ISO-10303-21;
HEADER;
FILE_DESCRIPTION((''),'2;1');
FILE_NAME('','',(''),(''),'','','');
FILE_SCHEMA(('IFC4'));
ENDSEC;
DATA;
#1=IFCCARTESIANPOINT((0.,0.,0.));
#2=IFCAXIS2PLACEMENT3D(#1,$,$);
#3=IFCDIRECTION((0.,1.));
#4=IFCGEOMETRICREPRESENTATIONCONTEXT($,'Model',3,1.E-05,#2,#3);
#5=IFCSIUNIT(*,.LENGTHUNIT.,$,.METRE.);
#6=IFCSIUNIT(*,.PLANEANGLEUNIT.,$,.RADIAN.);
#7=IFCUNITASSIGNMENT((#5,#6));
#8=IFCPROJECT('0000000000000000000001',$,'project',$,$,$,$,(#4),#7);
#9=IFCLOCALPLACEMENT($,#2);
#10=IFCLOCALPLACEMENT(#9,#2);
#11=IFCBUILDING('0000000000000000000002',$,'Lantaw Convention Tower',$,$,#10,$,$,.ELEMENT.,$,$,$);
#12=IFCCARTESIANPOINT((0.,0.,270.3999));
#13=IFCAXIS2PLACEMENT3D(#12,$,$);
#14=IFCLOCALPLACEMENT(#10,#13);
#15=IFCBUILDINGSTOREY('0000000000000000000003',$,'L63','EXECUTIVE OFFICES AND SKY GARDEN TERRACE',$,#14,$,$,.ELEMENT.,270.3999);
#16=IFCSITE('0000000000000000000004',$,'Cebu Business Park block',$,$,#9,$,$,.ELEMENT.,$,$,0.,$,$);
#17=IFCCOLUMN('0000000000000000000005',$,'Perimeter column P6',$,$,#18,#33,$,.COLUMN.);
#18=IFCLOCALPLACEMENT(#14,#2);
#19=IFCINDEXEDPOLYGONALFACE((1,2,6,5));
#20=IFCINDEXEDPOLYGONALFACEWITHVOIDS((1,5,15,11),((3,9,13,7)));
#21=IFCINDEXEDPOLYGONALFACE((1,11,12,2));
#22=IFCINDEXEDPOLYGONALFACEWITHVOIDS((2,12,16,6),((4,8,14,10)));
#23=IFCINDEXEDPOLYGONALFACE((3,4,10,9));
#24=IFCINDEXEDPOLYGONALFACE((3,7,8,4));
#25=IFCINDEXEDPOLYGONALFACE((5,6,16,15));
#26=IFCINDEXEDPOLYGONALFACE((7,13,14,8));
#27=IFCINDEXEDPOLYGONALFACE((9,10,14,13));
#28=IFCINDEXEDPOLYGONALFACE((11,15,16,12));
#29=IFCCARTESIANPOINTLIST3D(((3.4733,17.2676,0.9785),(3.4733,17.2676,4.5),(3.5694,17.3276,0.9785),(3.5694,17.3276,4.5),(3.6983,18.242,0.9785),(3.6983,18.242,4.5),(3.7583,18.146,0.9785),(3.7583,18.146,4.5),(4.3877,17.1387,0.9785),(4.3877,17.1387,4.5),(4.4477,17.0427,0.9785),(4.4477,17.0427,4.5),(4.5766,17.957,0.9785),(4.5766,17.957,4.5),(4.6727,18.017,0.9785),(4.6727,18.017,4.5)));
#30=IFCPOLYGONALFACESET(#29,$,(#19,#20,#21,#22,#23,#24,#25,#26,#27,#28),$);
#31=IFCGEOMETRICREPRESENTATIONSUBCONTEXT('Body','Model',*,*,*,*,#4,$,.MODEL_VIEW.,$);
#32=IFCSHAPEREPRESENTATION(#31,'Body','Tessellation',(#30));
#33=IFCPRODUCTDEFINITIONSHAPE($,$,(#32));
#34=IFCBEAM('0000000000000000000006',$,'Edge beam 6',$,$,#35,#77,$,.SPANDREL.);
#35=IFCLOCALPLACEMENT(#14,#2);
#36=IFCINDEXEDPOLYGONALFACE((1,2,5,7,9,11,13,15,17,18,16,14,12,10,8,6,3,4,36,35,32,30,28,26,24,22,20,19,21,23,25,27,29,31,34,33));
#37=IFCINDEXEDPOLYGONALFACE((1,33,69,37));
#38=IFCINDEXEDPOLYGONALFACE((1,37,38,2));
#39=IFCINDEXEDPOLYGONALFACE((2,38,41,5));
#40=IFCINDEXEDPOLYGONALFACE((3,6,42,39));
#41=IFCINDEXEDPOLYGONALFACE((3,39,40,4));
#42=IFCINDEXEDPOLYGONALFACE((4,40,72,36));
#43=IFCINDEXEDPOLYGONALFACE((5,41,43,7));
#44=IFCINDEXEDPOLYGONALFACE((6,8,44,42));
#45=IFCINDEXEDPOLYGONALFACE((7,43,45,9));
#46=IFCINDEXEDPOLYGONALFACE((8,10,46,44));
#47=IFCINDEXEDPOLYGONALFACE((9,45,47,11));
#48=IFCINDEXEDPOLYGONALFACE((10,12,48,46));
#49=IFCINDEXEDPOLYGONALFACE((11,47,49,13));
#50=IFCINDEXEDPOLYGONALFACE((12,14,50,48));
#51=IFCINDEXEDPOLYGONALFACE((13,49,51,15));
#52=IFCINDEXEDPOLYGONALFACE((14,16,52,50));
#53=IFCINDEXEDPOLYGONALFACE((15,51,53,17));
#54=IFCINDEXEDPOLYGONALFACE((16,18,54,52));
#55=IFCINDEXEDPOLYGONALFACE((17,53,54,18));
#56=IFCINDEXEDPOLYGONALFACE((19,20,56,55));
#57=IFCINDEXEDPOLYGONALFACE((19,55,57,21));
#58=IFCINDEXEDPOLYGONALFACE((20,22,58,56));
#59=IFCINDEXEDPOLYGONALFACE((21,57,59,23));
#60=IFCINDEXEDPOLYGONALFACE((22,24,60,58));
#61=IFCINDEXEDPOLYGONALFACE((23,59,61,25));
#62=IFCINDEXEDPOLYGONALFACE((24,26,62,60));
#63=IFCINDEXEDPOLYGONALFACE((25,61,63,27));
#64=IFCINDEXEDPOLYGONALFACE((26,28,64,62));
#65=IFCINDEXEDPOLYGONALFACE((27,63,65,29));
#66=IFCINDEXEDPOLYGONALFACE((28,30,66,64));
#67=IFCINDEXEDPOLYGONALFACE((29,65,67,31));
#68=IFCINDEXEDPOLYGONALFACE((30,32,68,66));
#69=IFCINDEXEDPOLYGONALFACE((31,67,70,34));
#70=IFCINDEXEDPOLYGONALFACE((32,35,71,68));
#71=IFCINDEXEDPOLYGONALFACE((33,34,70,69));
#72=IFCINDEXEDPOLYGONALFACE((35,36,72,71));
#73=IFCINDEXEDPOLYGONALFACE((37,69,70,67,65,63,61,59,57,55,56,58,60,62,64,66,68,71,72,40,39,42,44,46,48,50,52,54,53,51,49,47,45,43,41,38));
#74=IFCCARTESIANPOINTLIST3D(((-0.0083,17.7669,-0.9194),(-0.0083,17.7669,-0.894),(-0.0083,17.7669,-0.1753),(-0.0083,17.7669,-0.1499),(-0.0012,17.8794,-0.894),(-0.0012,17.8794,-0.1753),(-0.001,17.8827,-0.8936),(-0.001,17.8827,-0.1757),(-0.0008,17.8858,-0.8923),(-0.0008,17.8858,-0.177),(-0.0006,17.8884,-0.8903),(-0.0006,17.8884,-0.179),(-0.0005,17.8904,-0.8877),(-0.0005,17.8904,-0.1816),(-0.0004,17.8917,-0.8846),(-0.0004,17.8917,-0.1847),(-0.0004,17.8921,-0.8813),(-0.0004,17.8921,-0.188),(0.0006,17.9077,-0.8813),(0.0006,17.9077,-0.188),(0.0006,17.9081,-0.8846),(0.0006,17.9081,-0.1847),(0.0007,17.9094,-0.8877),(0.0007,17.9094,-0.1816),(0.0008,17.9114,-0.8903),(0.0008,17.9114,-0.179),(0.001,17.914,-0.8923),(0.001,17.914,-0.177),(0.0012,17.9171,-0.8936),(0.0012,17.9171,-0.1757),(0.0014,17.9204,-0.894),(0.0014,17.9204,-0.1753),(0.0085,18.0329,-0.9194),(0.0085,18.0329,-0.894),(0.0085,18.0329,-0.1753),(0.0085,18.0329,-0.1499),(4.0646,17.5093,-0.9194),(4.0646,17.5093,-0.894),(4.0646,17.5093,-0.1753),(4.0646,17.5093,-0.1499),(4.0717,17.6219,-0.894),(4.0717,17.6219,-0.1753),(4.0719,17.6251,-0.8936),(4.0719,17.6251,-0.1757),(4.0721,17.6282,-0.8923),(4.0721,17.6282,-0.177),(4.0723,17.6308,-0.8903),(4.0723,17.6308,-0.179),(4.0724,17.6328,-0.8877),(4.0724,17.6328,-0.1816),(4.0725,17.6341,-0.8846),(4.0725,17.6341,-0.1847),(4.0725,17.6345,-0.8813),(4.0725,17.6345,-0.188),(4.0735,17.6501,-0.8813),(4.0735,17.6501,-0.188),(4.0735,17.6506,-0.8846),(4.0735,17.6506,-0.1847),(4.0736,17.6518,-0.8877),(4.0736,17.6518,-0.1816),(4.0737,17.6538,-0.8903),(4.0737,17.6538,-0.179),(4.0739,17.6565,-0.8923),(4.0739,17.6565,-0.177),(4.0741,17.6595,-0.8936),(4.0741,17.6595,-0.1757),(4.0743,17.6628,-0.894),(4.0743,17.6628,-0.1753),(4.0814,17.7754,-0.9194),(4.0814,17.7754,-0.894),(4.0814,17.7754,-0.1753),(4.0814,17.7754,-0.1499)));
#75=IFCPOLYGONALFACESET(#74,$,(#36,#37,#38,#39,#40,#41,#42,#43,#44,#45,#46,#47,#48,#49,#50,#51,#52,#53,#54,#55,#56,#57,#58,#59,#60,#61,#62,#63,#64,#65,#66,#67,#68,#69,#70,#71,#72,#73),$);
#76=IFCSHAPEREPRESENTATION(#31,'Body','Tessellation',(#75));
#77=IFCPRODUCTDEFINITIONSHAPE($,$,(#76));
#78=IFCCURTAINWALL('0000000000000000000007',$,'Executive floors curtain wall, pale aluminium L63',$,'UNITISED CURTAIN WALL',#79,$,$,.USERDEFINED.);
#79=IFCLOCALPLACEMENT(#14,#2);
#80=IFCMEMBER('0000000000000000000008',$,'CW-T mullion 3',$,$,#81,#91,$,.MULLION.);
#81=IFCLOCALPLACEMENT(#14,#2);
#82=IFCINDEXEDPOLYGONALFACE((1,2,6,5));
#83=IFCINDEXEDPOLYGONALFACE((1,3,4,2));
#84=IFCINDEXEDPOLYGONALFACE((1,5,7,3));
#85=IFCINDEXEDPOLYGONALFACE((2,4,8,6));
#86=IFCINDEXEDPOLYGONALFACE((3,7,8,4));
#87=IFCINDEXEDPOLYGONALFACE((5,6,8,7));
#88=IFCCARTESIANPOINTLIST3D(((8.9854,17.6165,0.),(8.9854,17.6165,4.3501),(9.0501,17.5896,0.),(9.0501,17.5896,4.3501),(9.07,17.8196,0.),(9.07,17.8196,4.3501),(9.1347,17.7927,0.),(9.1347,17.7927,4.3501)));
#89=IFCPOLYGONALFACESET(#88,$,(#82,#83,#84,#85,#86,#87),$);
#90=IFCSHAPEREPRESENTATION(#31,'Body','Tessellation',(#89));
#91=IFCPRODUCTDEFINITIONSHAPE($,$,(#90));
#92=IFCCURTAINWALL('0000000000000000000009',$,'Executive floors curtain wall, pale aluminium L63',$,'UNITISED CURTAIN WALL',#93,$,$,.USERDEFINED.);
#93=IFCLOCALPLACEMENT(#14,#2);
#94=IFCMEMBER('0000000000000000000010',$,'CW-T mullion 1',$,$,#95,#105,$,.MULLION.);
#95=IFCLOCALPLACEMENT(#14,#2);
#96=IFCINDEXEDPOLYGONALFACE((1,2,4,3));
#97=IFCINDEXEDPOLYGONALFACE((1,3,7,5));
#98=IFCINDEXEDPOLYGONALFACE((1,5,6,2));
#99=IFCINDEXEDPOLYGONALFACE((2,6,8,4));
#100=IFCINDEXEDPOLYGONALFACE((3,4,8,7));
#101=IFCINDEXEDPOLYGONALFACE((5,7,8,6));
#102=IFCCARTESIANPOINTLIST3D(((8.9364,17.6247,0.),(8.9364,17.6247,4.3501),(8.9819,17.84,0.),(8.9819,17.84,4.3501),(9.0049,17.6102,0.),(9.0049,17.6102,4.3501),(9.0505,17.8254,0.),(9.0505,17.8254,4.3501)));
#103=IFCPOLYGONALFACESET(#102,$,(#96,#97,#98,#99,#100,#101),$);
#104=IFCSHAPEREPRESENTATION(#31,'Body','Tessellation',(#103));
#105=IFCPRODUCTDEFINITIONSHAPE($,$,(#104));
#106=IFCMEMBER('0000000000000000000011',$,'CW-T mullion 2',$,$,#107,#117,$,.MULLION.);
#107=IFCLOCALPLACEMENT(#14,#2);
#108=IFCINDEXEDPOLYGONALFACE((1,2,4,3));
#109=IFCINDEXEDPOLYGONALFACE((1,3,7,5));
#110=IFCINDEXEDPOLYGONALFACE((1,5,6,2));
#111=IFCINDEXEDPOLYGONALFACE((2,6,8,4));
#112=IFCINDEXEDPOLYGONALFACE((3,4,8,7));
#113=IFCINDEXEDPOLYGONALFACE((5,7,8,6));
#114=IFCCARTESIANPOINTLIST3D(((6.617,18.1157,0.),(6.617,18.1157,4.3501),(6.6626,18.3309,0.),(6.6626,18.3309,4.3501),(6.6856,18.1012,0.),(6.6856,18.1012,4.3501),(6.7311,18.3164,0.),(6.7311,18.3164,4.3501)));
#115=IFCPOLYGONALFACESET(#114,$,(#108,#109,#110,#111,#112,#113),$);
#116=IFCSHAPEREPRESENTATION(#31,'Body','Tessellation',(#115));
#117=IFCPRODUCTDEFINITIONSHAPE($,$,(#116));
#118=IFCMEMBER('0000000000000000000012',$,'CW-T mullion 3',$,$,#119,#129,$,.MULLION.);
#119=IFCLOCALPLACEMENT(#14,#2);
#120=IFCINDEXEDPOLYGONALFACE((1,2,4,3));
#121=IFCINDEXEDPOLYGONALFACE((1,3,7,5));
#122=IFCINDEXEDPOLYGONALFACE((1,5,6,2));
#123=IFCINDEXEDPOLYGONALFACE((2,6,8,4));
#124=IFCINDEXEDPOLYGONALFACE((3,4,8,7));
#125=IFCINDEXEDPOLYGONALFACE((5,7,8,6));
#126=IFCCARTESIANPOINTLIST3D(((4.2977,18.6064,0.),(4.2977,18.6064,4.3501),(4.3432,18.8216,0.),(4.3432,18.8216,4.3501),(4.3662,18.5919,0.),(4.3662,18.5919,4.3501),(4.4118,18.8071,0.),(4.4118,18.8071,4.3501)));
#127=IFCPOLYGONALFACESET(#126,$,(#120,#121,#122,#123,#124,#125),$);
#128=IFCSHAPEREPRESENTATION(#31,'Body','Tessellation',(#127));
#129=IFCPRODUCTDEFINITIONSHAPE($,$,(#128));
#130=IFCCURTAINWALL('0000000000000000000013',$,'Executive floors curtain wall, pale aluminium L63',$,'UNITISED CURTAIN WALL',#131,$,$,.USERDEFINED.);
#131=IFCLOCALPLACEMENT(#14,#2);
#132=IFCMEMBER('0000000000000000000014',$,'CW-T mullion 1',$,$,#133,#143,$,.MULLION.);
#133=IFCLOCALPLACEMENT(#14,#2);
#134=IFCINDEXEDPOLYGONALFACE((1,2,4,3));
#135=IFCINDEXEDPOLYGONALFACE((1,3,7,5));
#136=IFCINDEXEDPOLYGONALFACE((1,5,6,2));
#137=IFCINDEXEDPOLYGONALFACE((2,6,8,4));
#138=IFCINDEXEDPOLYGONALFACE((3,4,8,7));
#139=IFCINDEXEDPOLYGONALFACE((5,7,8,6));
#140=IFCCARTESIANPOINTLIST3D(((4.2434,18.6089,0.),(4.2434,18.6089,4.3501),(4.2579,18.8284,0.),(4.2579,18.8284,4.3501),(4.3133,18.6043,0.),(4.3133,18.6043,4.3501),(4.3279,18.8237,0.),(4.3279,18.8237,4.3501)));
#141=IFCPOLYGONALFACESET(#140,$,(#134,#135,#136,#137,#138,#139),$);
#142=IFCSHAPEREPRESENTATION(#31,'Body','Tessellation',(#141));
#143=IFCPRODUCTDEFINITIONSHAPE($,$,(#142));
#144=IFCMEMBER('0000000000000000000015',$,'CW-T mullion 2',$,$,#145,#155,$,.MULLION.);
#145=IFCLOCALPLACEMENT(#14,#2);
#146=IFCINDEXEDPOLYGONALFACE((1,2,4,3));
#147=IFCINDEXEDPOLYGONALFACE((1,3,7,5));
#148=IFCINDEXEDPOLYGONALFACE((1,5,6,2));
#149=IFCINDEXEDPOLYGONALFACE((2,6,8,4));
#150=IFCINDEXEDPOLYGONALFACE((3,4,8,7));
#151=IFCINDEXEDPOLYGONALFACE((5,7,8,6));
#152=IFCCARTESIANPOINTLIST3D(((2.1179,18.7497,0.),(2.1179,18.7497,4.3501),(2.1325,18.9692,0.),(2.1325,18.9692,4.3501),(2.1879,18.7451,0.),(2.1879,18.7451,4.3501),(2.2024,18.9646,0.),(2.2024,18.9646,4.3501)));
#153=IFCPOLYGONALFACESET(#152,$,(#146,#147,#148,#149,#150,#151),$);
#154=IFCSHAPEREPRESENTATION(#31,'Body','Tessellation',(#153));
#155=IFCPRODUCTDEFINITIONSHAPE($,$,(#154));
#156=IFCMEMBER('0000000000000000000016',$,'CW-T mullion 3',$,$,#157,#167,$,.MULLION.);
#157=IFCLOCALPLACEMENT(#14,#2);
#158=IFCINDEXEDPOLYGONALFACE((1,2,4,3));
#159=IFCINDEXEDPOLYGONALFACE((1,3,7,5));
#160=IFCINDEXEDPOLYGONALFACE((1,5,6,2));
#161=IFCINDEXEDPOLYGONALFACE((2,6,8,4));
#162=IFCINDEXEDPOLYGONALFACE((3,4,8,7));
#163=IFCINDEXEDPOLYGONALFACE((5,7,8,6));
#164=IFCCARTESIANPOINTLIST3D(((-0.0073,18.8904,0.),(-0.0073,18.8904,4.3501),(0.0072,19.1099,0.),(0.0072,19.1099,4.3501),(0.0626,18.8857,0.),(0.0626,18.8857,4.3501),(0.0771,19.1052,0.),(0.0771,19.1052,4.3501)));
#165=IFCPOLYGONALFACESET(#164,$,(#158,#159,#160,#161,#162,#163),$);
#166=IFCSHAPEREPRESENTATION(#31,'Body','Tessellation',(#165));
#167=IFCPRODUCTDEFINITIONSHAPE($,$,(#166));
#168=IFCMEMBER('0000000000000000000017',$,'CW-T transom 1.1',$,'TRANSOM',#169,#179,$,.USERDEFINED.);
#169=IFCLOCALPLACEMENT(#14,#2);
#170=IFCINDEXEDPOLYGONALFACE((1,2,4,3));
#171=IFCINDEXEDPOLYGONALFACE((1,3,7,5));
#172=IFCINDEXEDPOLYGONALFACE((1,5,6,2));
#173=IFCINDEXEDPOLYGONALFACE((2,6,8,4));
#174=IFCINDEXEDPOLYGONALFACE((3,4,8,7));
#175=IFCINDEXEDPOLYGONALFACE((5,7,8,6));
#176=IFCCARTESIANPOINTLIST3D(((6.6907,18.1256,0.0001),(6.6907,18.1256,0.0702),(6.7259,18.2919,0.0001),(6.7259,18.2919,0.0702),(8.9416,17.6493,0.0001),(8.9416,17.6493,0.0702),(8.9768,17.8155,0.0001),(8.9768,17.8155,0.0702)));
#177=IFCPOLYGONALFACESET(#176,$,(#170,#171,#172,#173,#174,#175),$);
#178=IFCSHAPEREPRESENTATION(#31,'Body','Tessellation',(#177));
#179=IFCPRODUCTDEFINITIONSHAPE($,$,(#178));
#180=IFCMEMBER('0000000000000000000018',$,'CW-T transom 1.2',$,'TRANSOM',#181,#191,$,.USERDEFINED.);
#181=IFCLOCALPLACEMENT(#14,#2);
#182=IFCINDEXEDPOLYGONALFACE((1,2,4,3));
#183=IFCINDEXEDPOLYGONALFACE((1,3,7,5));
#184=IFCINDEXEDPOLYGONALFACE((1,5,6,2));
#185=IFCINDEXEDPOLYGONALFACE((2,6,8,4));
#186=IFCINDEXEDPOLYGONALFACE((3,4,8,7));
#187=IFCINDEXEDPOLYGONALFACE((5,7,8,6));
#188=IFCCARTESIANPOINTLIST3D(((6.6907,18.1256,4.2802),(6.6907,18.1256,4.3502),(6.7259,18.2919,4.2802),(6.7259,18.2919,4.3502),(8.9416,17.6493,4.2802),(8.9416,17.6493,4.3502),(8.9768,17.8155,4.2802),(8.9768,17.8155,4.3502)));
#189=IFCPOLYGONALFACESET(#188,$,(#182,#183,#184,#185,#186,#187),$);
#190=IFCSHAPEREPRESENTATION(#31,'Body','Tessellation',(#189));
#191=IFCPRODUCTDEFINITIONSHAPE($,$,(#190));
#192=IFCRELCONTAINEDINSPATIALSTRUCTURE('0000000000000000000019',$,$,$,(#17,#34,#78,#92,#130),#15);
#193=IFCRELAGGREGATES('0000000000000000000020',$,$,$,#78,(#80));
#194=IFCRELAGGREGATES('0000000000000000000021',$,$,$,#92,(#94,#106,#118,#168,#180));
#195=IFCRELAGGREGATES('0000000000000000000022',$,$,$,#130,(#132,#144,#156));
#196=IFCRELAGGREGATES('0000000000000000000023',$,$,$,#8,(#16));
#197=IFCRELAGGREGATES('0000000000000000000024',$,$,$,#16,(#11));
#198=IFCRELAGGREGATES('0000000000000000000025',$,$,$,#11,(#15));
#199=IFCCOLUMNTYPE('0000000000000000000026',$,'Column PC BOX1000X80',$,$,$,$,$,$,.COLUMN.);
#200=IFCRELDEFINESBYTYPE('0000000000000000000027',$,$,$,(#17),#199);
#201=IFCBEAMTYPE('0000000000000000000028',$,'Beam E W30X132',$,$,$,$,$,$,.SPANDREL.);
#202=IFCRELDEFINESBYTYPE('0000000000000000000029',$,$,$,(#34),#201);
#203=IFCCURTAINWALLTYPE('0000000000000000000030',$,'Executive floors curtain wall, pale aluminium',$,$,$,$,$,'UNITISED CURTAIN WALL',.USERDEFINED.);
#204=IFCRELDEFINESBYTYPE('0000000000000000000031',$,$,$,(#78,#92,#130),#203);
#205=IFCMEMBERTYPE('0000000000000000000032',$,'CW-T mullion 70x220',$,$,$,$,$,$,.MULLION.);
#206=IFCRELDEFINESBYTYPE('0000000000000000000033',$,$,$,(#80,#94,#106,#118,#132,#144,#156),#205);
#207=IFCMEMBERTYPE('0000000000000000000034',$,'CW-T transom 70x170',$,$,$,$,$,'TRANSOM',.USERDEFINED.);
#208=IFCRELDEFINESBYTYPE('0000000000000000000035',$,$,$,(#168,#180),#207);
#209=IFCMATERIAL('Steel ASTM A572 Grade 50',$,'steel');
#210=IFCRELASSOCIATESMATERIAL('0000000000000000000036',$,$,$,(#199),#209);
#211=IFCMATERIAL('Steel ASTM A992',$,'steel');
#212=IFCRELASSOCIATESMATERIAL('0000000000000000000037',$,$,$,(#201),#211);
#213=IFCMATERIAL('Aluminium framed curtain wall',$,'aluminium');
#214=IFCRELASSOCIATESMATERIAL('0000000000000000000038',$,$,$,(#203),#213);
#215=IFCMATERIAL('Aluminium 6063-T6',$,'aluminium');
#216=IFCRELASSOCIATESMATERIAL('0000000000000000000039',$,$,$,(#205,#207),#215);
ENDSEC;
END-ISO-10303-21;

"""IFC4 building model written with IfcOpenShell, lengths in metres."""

from ifc_helpers import new_model, si_unit, direction, frame, origin, origin_2d, place, context, subcontext, project, spatial, rectangle, hollow_rectangle, i_section, extrude, material, material_profile, profile_set, type_object, element, aggregate, save


model = new_model("IFC4")

# Units and contexts
model_context = context("Model", 3, precision=1e-05, world=origin(), true_north=direction((0.0, 1.0)))
body_context = subcontext(model_context, "Body", "Model", "MODEL_VIEW")
ifc_project = project(units=[si_unit("LENGTHUNIT", "METRE"), si_unit("PLANEANGLEUNIT", "RADIAN")], contexts=[model_context])

# Site, building, storey
site_placement = place(None, origin())
site = spatial("IfcSite", under=ifc_project, at=site_placement, Name="Cebu Business Park block", CompositionType="ELEMENT", RefElevation=0.0)
building_placement = place(site_placement, origin())
building = spatial("IfcBuilding", under=site, at=building_placement, Name="Lantaw Convention Tower", CompositionType="ELEMENT")
storey_placement = place(building_placement, frame((0.0, 0.0, 270.3999)))
storey = spatial("IfcBuildingStorey", under=building, at=storey_placement, Name="L63", Description="EXECUTIVE OFFICES AND SKY GARDEN TERRACE", CompositionType="ELEMENT", Elevation=270.3999)

# Column
ifc_material_1 = material(Name="Steel ASTM A572 Grade 50", Category="steel")
ifc_material_profile_1 = material_profile(ifc_material_1, hollow_rectangle(XDim=1.0, YDim=1.0, WallThickness=0.0801, at=origin_2d()), Name="BOX1000X80")
ifc_material_2 = material(Name="Concrete C60/75", Category="concrete")
ifc_material_profile_2 = material_profile(ifc_material_2, rectangle(XDim=0.8401, YDim=0.8401, at=origin_2d()), Name="Concrete fill of BOX1000X80")
ifc_profile_set_1 = profile_set([ifc_material_profile_1, ifc_material_profile_2], Name="Steel ASTM A572 Grade 50")
column_type = type_object("IfcColumnType", Name="Column PC BOX1000X80", PredefinedType="COLUMN", material=ifc_profile_set_1)
column_placement = place(storey_placement, frame((4.073, 17.6423, 0.9785), z_axis=(0.0, 0.0, 1.0), x_axis=(0.224951, 0.97437, 0.0)))
element("IfcColumn", 1, at=column_placement, inside=storey, type_object=column_type, Name="Perimeter column P6", PredefinedType="COLUMN", context=body_context, shape_type="SweptSolid", body=[
    extrude(hollow_rectangle(XDim=1.0, YDim=1.0, WallThickness=0.0801, at=origin_2d()), origin(), (0.0, 0.0, 1.0), 3.5215),
])

# Beam
ifc_material_3 = material(Name="Steel ASTM A992", Category="steel")
ifc_material_profile_3 = material_profile(ifc_material_3, i_section(OverallWidth=0.2666, OverallDepth=0.7695, WebThickness=0.0156, FlangeThickness=0.0254, FilletRadius=0.0127, at=origin_2d()), Name="W30X132")
ifc_profile_set_2 = profile_set([ifc_material_profile_3], Name="Steel ASTM A992")
beam_type = type_object("IfcBeamType", Name="Beam E W30X132", PredefinedType="SPANDREL", material=ifc_profile_set_2)
beam_placement = place(storey_placement, frame((4.073, 17.6423, -0.5347), z_axis=(-0.998006, 0.063112, 0.0), x_axis=(-0.063112, -0.998006, 0.0)))
element("IfcBeam", 2, at=beam_placement, inside=storey, type_object=beam_type, Name="Edge beam 6", PredefinedType="SPANDREL", context=body_context, shape_type="SweptSolid", body=[
    extrude(i_section(OverallWidth=0.2666, OverallDepth=0.7695, WebThickness=0.0156, FlangeThickness=0.0254, FilletRadius=0.0127, at=origin_2d()), origin(), (0.0, 0.0, 1.0), 4.0811),
])

# Curtain wall, member
ifc_material_4 = material(Name="Aluminium framed curtain wall", Category="aluminium")
curtain_wall_type = type_object("IfcCurtainWallType", Name="Executive floors curtain wall, pale aluminium", ElementType="UNITISED CURTAIN WALL", PredefinedType="USERDEFINED", material=ifc_material_4)
curtain_wall_1_placement = place(storey_placement, origin())
curtain_wall_1 = element("IfcCurtainWall", 3, at=curtain_wall_1_placement, inside=storey, type_object=curtain_wall_type, Name="Executive floors curtain wall, pale aluminium L63", ObjectType="UNITISED CURTAIN WALL", PredefinedType="USERDEFINED")
ifc_material_5 = material(Name="Aluminium 6063-T6", Category="aluminium")
ifc_material_profile_4 = material_profile(ifc_material_5, rectangle(XDim=0.22, YDim=0.0701, at=origin_2d()), Name="CW-T mullion 70x220")
ifc_profile_set_3 = profile_set([ifc_material_profile_4], Name="Aluminium 6063-T6")
member_type_1 = type_object("IfcMemberType", Name="CW-T mullion 70x220", PredefinedType="MULLION", material=ifc_profile_set_3)
member_1_placement = place(storey_placement, frame((9.0601, 17.7046, 0.0), z_axis=(0.0, 0.0, 1.0), x_axis=(-0.38446, -0.923142, 0.0)))
member_1 = element("IfcMember", 4, at=member_1_placement, type_object=member_type_1, Name="CW-T mullion 3", PredefinedType="MULLION", context=body_context, shape_type="SweptSolid", body=[
    extrude(rectangle(XDim=0.22, YDim=0.0701, at=origin_2d()), origin(), (0.0, 0.0, 1.0), 4.3501),
])
aggregate(curtain_wall_1, [member_1])

# Curtain walls, members
curtain_wall_2_placement = place(storey_placement, origin())
curtain_wall_2 = element("IfcCurtainWall", 5, at=curtain_wall_2_placement, inside=storey, type_object=curtain_wall_type, Name="Executive floors curtain wall, pale aluminium L63", ObjectType="UNITISED CURTAIN WALL", PredefinedType="USERDEFINED")
member_2_placement = place(storey_placement, frame((8.9934, 17.7251, 0.0), z_axis=(0.0, 0.0, 1.0), x_axis=(-0.20704, -0.978332, 0.0)))
member_2 = element("IfcMember", 6, at=member_2_placement, type_object=member_type_1, Name="CW-T mullion 1", PredefinedType="MULLION", context=body_context, shape_type="SweptSolid", body=[
    extrude(rectangle(XDim=0.22, YDim=0.0701, at=origin_2d()), origin(), (0.0, 0.0, 1.0), 4.3501),
])
member_3_placement = place(storey_placement, frame((6.6741, 18.2161, 0.0), z_axis=(0.0, 0.0, 1.0), x_axis=(-0.20704, -0.978332, 0.0)))
member_3 = element("IfcMember", 7, at=member_3_placement, type_object=member_type_1, Name="CW-T mullion 2", PredefinedType="MULLION", context=body_context, shape_type="SweptSolid", body=[
    extrude(rectangle(XDim=0.22, YDim=0.0701, at=origin_2d()), origin(), (0.0, 0.0, 1.0), 4.3501),
])
member_4_placement = place(storey_placement, frame((4.3547, 18.7068, 0.0), z_axis=(0.0, 0.0, 1.0), x_axis=(-0.20704, -0.978332, 0.0)))
member_4 = element("IfcMember", 8, at=member_4_placement, type_object=member_type_1, Name="CW-T mullion 3", PredefinedType="MULLION", context=body_context, shape_type="SweptSolid", body=[
    extrude(rectangle(XDim=0.22, YDim=0.0701, at=origin_2d()), origin(), (0.0, 0.0, 1.0), 4.3501),
])
curtain_wall_3_placement = place(storey_placement, origin())
curtain_wall_3 = element("IfcCurtainWall", 9, at=curtain_wall_3_placement, inside=storey, type_object=curtain_wall_type, Name="Executive floors curtain wall, pale aluminium L63", ObjectType="UNITISED CURTAIN WALL", PredefinedType="USERDEFINED")
member_5_placement = place(storey_placement, frame((4.2856, 18.7163, 0.0), z_axis=(0.0, 0.0, 1.0), x_axis=(-0.066025, -0.997818, 0.0)))
member_5 = element("IfcMember", 10, at=member_5_placement, type_object=member_type_1, Name="CW-T mullion 1", PredefinedType="MULLION", context=body_context, shape_type="SweptSolid", body=[
    extrude(rectangle(XDim=0.22, YDim=0.0701, at=origin_2d()), origin(), (0.0, 0.0, 1.0), 4.3501),
])
member_6_placement = place(storey_placement, frame((2.1602, 18.8572, 0.0), z_axis=(0.0, 0.0, 1.0), x_axis=(-0.066025, -0.997818, 0.0)))
member_6 = element("IfcMember", 11, at=member_6_placement, type_object=member_type_1, Name="CW-T mullion 2", PredefinedType="MULLION", context=body_context, shape_type="SweptSolid", body=[
    extrude(rectangle(XDim=0.22, YDim=0.0701, at=origin_2d()), origin(), (0.0, 0.0, 1.0), 4.3501),
])
member_7_placement = place(storey_placement, frame((0.0349, 18.9978, 0.0), z_axis=(0.0, 0.0, 1.0), x_axis=(-0.066025, -0.997818, 0.0)))
member_7 = element("IfcMember", 12, at=member_7_placement, type_object=member_type_1, Name="CW-T mullion 3", PredefinedType="MULLION", context=body_context, shape_type="SweptSolid", body=[
    extrude(rectangle(XDim=0.22, YDim=0.0701, at=origin_2d()), origin(), (0.0, 0.0, 1.0), 4.3501),
])

# Members
ifc_material_profile_5 = material_profile(ifc_material_5, rectangle(XDim=0.1699, YDim=0.0701, at=origin_2d()), Name="CW-T transom 70x170")
ifc_profile_set_4 = profile_set([ifc_material_profile_5], Name="Aluminium 6063-T6")
member_type_2 = type_object("IfcMemberType", Name="CW-T transom 70x170", ElementType="TRANSOM", PredefinedType="USERDEFINED", material=ifc_profile_set_4)
member_8_placement = place(storey_placement, frame((8.9592, 17.7324, 0.0352), z_axis=(-0.978336, 0.207021, 0.0), x_axis=(-0.207021, -0.978336, 0.0)))
member_8 = element("IfcMember", 13, at=member_8_placement, type_object=member_type_2, Name="CW-T transom 1.1", ObjectType="TRANSOM", PredefinedType="USERDEFINED", context=body_context, shape_type="SweptSolid", body=[
    extrude(rectangle(XDim=0.1699, YDim=0.0701, at=origin_2d()), origin(), (0.0, 0.0, 1.0), 2.3008),
])
member_9_placement = place(storey_placement, frame((8.9592, 17.7324, 4.3152), z_axis=(-0.978336, 0.207021, 0.0), x_axis=(-0.207021, -0.978336, 0.0)))
member_9 = element("IfcMember", 14, at=member_9_placement, type_object=member_type_2, Name="CW-T transom 1.2", ObjectType="TRANSOM", PredefinedType="USERDEFINED", context=body_context, shape_type="SweptSolid", body=[
    extrude(rectangle(XDim=0.1699, YDim=0.0701, at=origin_2d()), origin(), (0.0, 0.0, 1.0), 2.3008),
])

aggregate(curtain_wall_2, [member_2, member_3, member_4, member_8, member_9])
aggregate(curtain_wall_3, [member_5, member_6, member_7])

save(model, "model.ifc")
